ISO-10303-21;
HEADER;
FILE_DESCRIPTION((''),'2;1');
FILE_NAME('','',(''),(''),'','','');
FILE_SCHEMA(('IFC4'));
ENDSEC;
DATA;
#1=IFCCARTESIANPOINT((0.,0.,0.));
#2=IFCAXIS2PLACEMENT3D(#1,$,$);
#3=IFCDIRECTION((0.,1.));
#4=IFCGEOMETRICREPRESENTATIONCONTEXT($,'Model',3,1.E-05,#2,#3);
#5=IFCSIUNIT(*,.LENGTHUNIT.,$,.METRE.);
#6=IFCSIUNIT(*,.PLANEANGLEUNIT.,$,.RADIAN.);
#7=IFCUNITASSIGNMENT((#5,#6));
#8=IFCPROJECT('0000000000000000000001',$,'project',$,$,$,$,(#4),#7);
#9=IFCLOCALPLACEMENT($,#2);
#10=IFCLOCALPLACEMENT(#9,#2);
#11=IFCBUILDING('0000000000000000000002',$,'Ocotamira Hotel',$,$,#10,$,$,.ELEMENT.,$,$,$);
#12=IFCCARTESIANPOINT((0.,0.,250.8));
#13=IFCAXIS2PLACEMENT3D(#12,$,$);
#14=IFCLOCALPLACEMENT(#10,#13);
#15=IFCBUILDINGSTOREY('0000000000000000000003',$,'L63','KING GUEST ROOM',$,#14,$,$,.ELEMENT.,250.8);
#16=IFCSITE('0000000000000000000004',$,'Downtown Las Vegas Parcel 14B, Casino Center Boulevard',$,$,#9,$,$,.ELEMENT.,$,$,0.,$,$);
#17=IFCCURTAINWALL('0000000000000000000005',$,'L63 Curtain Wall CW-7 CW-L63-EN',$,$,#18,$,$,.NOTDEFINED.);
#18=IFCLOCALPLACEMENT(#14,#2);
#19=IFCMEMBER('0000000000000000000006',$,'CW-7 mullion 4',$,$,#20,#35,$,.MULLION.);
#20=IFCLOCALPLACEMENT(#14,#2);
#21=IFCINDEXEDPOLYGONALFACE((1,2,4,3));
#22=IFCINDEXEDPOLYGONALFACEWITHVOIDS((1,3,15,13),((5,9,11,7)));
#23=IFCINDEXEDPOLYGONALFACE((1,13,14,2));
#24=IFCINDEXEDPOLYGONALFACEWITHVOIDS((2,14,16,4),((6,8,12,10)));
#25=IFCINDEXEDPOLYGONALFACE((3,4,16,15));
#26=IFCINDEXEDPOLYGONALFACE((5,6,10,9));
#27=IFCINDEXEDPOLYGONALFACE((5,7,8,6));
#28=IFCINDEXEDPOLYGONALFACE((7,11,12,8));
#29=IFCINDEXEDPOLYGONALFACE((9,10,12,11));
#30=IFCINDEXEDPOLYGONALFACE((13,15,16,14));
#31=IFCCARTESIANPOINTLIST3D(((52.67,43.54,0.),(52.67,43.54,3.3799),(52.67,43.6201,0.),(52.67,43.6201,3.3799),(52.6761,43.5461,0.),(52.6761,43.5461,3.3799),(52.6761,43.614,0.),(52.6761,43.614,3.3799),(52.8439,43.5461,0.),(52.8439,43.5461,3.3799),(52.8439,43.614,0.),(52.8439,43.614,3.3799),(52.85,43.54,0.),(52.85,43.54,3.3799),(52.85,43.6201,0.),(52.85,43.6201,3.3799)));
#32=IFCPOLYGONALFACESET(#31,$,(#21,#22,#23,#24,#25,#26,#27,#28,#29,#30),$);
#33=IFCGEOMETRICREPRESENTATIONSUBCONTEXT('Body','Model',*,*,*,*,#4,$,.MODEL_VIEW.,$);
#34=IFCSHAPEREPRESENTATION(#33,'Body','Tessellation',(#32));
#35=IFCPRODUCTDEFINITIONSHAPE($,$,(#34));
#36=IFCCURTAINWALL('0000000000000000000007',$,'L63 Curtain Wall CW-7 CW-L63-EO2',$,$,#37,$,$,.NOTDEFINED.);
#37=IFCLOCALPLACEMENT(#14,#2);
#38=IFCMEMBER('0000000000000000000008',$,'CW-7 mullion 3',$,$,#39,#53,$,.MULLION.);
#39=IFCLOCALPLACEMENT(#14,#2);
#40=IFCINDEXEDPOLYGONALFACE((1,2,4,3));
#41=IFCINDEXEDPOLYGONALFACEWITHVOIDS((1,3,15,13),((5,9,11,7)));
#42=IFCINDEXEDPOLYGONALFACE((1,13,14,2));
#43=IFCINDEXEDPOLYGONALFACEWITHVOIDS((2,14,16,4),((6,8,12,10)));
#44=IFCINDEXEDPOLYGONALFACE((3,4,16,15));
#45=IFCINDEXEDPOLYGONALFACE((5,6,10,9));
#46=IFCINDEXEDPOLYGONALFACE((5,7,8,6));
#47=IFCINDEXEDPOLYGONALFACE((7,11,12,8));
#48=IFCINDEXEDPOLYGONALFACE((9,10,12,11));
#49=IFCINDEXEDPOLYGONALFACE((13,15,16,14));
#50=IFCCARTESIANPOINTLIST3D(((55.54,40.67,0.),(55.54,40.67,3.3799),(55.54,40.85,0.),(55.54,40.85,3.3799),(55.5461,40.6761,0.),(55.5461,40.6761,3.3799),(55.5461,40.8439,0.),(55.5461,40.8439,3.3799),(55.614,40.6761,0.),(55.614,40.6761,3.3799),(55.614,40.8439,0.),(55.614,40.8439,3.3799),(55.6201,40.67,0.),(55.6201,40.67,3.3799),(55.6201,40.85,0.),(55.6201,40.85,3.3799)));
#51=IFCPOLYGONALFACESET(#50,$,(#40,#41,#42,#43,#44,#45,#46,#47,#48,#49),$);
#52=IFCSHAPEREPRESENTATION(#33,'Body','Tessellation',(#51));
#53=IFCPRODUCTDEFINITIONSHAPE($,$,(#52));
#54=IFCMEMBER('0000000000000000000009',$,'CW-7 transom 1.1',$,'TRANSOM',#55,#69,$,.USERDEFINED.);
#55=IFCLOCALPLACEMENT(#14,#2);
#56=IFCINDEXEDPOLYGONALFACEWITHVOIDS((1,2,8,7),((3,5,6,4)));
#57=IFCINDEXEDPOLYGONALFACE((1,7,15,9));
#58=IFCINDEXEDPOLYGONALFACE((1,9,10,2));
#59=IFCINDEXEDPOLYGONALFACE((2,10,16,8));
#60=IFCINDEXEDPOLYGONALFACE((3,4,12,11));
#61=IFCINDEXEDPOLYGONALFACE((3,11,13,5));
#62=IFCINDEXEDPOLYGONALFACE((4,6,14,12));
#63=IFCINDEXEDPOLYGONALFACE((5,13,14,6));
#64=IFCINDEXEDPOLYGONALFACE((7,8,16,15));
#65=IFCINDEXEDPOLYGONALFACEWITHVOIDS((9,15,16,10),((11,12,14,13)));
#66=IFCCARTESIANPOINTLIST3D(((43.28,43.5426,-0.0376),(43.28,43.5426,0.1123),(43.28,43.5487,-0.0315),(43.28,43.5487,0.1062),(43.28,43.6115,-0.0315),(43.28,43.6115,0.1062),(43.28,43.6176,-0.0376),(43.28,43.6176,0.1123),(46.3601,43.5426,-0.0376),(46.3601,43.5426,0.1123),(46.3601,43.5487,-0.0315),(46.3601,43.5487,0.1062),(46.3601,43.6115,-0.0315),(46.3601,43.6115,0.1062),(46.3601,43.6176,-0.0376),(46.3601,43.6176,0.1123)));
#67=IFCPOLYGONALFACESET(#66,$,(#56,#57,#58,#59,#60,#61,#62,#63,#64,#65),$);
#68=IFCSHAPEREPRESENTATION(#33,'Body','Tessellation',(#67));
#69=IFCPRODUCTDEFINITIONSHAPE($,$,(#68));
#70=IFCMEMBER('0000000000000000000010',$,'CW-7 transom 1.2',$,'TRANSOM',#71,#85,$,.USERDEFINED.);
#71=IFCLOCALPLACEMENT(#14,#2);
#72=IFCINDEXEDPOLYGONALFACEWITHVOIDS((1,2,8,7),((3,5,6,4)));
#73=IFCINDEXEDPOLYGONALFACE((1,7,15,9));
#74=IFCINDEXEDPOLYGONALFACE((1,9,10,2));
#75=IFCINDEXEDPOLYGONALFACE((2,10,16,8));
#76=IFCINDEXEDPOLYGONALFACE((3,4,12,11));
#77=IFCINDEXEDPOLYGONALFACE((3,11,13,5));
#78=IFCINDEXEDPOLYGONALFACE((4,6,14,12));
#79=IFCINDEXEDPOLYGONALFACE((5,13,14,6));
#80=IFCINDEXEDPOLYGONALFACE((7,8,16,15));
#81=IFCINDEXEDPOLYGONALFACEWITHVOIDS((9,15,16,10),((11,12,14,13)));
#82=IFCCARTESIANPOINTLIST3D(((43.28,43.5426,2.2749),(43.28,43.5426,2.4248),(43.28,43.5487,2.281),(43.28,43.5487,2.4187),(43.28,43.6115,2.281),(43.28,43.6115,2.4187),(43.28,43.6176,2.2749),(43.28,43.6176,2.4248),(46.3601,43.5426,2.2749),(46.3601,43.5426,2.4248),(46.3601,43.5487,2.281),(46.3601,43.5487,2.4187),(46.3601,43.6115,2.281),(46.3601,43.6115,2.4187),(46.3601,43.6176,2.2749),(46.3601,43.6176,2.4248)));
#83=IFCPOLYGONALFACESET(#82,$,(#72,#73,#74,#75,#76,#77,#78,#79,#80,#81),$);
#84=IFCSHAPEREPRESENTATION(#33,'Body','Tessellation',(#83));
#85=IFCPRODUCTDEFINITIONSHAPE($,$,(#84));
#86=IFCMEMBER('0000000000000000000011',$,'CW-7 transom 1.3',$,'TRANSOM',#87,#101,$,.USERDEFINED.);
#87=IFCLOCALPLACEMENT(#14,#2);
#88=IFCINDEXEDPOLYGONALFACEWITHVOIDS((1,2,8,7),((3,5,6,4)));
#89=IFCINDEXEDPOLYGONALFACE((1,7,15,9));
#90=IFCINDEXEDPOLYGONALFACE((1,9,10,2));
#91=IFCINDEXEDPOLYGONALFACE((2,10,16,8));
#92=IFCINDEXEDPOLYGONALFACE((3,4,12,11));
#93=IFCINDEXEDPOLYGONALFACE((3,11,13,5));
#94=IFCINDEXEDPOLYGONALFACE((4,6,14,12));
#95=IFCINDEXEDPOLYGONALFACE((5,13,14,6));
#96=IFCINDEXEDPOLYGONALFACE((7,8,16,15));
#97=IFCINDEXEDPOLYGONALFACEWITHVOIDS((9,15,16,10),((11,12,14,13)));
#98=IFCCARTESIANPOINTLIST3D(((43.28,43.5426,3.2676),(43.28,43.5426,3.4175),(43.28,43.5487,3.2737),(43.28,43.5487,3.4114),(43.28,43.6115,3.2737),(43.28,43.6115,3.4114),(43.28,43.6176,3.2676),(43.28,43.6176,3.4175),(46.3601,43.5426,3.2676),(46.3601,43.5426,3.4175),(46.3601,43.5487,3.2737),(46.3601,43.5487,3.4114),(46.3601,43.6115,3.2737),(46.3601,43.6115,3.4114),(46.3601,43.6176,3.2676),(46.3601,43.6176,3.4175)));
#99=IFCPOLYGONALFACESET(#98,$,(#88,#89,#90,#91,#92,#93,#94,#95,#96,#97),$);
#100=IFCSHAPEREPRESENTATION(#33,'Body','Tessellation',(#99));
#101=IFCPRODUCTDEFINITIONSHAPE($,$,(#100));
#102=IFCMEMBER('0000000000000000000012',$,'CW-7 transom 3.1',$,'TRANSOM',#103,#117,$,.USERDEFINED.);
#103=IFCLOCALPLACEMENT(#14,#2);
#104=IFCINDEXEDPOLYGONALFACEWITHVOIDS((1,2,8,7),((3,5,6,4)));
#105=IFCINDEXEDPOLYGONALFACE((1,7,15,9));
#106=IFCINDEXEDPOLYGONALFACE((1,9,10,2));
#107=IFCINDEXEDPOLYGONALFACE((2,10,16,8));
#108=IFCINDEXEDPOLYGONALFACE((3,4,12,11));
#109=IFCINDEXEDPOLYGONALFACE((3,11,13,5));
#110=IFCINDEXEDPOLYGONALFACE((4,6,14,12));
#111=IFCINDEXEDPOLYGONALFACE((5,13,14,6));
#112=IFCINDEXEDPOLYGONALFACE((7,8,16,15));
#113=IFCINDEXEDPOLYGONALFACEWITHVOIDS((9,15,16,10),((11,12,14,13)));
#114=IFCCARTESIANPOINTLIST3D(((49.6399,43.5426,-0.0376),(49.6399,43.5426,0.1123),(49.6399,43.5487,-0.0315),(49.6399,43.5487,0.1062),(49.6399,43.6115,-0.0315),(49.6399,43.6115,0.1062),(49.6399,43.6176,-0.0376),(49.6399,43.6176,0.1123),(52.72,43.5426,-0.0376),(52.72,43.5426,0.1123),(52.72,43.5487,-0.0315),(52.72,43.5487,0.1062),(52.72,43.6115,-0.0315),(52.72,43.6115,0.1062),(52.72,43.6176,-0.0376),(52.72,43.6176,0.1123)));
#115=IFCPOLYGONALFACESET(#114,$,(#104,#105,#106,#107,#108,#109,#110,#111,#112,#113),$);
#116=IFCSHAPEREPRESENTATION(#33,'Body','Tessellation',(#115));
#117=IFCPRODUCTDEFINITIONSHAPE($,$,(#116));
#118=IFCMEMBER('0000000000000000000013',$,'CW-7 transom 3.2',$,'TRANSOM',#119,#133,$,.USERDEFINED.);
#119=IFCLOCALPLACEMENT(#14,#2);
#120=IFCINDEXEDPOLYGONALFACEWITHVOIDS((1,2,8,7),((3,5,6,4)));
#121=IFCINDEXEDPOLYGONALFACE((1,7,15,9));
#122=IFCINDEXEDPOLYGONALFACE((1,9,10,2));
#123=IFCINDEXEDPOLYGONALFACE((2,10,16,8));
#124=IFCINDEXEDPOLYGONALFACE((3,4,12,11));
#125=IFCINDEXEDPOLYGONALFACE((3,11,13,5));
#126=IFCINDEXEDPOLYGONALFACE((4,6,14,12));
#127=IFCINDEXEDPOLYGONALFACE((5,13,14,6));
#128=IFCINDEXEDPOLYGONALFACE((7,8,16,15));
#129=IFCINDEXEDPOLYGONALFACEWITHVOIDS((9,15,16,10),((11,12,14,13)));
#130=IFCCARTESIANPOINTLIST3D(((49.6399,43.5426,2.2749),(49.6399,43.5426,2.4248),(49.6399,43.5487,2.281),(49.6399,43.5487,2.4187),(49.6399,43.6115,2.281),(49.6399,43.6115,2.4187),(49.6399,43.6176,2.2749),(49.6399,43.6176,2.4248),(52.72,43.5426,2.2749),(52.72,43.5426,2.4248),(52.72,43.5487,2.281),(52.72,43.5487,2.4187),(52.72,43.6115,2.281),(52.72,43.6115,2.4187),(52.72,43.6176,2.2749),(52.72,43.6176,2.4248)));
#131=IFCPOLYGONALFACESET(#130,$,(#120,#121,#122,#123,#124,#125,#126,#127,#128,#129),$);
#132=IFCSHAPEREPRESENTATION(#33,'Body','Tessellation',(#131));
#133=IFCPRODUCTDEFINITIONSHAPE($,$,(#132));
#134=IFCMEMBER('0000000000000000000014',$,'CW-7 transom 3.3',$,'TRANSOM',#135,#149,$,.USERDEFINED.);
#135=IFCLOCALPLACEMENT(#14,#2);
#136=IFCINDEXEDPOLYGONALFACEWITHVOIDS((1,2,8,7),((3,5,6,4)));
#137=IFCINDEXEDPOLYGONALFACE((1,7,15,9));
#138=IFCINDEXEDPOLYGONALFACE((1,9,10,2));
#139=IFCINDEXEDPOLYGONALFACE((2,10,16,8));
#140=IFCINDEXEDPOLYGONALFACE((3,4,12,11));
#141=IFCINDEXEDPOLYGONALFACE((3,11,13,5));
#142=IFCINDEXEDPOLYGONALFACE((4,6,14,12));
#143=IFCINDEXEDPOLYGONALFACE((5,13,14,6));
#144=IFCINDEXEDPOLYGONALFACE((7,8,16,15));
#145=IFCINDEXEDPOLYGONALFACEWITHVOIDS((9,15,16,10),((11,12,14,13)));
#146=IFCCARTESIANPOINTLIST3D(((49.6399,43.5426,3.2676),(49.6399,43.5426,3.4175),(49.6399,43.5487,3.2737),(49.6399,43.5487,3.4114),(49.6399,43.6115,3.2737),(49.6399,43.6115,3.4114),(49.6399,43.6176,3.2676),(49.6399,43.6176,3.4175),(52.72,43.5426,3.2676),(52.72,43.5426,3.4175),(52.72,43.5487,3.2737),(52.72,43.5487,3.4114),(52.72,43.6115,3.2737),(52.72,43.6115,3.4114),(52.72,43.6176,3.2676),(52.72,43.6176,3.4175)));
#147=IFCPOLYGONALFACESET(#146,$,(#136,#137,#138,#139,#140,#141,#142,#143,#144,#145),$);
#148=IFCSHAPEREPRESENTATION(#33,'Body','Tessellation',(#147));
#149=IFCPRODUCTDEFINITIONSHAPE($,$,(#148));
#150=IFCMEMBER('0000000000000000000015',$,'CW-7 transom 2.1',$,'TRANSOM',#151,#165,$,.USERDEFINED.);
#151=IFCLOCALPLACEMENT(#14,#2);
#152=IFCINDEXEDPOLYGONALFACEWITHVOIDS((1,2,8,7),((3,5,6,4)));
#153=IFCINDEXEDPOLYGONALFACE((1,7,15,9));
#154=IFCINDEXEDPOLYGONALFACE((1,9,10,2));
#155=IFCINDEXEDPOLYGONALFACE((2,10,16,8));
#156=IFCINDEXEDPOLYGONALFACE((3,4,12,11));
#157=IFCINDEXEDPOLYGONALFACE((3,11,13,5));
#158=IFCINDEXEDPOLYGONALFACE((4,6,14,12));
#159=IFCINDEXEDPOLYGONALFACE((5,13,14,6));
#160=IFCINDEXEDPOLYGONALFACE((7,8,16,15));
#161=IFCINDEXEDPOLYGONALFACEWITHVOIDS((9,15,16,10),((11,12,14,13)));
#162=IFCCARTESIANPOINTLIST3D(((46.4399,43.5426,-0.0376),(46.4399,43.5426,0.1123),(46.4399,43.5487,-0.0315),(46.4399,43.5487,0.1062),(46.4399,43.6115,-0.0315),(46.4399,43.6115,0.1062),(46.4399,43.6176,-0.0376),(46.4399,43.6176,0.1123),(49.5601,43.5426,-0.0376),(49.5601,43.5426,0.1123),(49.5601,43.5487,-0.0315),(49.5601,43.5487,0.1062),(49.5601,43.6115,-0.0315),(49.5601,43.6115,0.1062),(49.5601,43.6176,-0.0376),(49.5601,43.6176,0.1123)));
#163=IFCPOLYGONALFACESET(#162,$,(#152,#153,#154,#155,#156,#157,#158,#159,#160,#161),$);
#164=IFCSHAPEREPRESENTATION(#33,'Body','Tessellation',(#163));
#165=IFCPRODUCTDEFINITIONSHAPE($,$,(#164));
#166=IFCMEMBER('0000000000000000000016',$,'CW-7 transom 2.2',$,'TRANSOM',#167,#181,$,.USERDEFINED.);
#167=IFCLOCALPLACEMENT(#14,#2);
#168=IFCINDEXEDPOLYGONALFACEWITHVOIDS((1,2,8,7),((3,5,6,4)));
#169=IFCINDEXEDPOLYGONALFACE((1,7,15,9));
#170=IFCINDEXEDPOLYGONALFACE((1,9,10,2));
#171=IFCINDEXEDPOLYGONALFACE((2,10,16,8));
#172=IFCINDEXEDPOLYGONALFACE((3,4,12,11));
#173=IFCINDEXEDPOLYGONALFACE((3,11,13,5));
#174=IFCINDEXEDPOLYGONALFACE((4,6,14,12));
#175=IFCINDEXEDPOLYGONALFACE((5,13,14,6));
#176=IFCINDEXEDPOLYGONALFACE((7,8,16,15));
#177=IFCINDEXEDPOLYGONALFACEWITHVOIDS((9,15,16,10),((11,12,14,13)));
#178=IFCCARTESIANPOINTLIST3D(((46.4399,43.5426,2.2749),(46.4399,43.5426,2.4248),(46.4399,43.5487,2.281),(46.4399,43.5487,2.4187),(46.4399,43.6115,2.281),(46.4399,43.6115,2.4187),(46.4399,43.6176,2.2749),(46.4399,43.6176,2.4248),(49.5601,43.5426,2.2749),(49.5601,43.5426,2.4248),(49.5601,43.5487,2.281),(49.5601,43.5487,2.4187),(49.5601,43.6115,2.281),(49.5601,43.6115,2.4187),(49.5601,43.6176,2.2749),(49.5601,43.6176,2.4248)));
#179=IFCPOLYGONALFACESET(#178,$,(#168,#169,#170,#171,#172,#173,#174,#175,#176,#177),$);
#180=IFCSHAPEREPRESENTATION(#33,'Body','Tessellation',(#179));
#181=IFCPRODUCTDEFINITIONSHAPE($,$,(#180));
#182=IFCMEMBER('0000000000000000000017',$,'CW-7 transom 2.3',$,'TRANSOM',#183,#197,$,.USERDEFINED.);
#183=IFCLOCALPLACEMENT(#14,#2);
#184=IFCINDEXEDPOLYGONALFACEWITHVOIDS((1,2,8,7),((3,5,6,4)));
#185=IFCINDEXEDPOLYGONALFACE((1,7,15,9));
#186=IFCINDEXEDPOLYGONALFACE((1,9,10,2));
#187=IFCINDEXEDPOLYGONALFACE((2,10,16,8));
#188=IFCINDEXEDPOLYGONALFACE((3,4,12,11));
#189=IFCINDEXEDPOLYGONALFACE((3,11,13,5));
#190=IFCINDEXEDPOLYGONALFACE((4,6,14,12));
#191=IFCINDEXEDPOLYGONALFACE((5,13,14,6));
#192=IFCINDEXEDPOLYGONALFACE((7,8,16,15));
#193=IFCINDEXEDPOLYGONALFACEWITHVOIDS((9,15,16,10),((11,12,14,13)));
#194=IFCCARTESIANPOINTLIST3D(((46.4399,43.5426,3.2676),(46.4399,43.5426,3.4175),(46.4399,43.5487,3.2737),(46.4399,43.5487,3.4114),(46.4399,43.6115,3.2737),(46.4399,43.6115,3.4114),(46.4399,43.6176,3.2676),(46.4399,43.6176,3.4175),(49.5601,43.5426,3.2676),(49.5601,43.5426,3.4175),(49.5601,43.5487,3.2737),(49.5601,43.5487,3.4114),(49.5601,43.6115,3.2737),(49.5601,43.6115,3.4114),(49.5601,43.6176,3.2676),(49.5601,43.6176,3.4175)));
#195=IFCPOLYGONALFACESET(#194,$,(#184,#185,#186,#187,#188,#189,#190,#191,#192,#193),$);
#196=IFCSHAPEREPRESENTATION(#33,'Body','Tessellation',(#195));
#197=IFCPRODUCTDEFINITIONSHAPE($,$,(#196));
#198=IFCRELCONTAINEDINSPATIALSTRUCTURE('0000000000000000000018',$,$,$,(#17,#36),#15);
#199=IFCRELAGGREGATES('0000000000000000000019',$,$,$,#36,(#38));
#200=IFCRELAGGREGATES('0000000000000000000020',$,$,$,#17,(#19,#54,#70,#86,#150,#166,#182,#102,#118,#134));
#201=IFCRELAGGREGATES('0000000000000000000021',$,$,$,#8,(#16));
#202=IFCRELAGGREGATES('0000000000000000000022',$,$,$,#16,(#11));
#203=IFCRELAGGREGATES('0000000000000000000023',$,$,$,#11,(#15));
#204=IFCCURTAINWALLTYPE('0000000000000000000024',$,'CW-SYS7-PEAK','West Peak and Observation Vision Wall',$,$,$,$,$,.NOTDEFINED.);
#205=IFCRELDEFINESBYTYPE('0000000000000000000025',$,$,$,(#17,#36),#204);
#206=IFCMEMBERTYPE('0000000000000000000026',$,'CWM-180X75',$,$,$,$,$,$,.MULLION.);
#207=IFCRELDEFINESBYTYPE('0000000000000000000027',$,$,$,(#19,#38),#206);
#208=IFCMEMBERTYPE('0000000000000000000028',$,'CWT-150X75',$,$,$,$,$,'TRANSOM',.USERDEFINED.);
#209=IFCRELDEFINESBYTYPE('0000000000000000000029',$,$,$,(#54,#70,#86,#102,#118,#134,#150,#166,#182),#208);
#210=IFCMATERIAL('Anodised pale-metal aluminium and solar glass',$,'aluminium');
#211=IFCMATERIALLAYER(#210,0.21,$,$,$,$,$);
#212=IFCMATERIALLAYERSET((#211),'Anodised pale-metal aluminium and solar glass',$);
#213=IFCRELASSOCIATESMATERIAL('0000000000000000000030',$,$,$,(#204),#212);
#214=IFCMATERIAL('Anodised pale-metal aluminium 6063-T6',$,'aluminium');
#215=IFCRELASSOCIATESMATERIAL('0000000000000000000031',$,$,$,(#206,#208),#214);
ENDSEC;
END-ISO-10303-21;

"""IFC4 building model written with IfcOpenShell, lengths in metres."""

from ifc_helpers import new_model, si_unit, direction, frame, origin, origin_2d, place, context, subcontext, project, spatial, hollow_rectangle, extrude, source, transform, mapped, material, layer, layer_set, material_profile, profile_set, type_object, element, aggregate, save


model = new_model("IFC4")

# Units and contexts
model_context = context("Model", 3, precision=1e-05, world=origin(), true_north=direction((0.0, 1.0)))
body_context = subcontext(model_context, "Body", "Model", "MODEL_VIEW")
ifc_project = project(units=[si_unit("LENGTHUNIT", "METRE"), si_unit("PLANEANGLEUNIT", "RADIAN")], contexts=[model_context])

# Site, building, storey
site_placement = place(None, origin())
site = spatial("IfcSite", under=ifc_project, at=site_placement, Name="Downtown Las Vegas Parcel 14B, Casino Center Boulevard", CompositionType="ELEMENT", RefElevation=0.0)
building_placement = place(site_placement, origin())
building = spatial("IfcBuilding", under=site, at=building_placement, Name="Ocotamira Hotel", CompositionType="ELEMENT")
storey_placement = place(building_placement, frame((0.0, 0.0, 250.8)))
storey = spatial("IfcBuildingStorey", under=building, at=storey_placement, Name="L63", Description="KING GUEST ROOM", CompositionType="ELEMENT", Elevation=250.8)

# Curtain wall, member
ifc_material_1 = material(Name="Anodised pale-metal aluminium and solar glass", Category="aluminium")
ifc_layer_1 = layer(ifc_material_1, 0.21)
ifc_layer_set_1 = layer_set([ifc_layer_1], Name="Anodised pale-metal aluminium and solar glass")
curtain_wall_type = type_object("IfcCurtainWallType", Name="CW-SYS7-PEAK", Description="West Peak and Observation Vision Wall", PredefinedType="NOTDEFINED", material=ifc_layer_set_1)
curtain_wall_1_placement = place(storey_placement, origin())
curtain_wall_1 = element("IfcCurtainWall", 1, at=curtain_wall_1_placement, inside=storey, type_object=curtain_wall_type, Name="L63 Curtain Wall CW-7 CW-L63-EN", PredefinedType="NOTDEFINED")
ifc_material_2 = material(Name="Anodised pale-metal aluminium 6063-T6", Category="aluminium")
ifc_material_profile_1 = material_profile(ifc_material_2, hollow_rectangle(XDim=0.0801, YDim=0.1799, WallThickness=0.0061, at=origin_2d()), Name="HSS180X80X6")
ifc_profile_set_1 = profile_set([ifc_material_profile_1], Name="Anodised pale-metal aluminium 6063-T6")
member_type_1 = type_object("IfcMemberType", Name="CWM-180X75", PredefinedType="MULLION", material=ifc_profile_set_1)
shared_shape_1 = source(origin(), body_context, "Body", "SweptSolid", [
    extrude(hollow_rectangle(XDim=0.0801, YDim=0.1799, WallThickness=0.0061, at=origin_2d()), origin(), (0.0, 0.0, 1.0), 3.3799),
])
member_1_placement = place(storey_placement, frame((52.76, 43.5801, 0.0), z_axis=(0.0, 0.0, 1.0), x_axis=(0.0, 1.0, 0.0)))
member_1 = element("IfcMember", 2, at=member_1_placement, type_object=member_type_1, Name="CW-7 mullion 4", PredefinedType="MULLION", context=body_context, shape_type="MappedRepresentation", body=[
    mapped(shared_shape_1, transform((0.0, 0.0, 0.0), scale=1.0)),
])

# Curtain wall, member
curtain_wall_2_placement = place(storey_placement, origin())
curtain_wall_2 = element("IfcCurtainWall", 3, at=curtain_wall_2_placement, inside=storey, type_object=curtain_wall_type, Name="L63 Curtain Wall CW-7 CW-L63-EO2", PredefinedType="NOTDEFINED")
member_2_placement = place(storey_placement, frame((55.5801, 40.76, 0.0), z_axis=(0.0, 0.0, 1.0), x_axis=(-1.0, 0.0, 0.0)))
member_2 = element("IfcMember", 4, at=member_2_placement, type_object=member_type_1, Name="CW-7 mullion 3", PredefinedType="MULLION", context=body_context, shape_type="MappedRepresentation", body=[
    mapped(shared_shape_1, transform((0.0, 0.0, 0.0), scale=1.0)),
])
aggregate(curtain_wall_2, [member_2])

# Members
ifc_material_profile_2 = material_profile(ifc_material_2, hollow_rectangle(XDim=0.075, YDim=0.1499, WallThickness=0.0061, at=origin_2d()), Name="HSS150X75X6")
ifc_profile_set_2 = profile_set([ifc_material_profile_2], Name="Anodised pale-metal aluminium 6063-T6")
member_type_2 = type_object("IfcMemberType", Name="CWT-150X75", ElementType="TRANSOM", PredefinedType="USERDEFINED", material=ifc_profile_set_2)
shared_shape_2 = source(origin(), body_context, "Body", "SweptSolid", [
    extrude(hollow_rectangle(XDim=0.075, YDim=0.1499, WallThickness=0.0061, at=origin_2d()), origin(), (0.0, 0.0, 1.0), 3.0801),
])
member_3_placement = place(storey_placement, frame((43.28, 43.5801, 0.0374), z_axis=(1.0, 0.0, 0.0), x_axis=(0.0, 1.0, 0.0)))
member_3 = element("IfcMember", 5, at=member_3_placement, type_object=member_type_2, Name="CW-7 transom 1.1", ObjectType="TRANSOM", PredefinedType="USERDEFINED", context=body_context, shape_type="MappedRepresentation", body=[
    mapped(shared_shape_2, transform((0.0, 0.0, 0.0), scale=1.0)),
])
member_4_placement = place(storey_placement, frame((43.28, 43.5801, 2.3499), z_axis=(1.0, 0.0, 0.0), x_axis=(0.0, 1.0, 0.0)))
member_4 = element("IfcMember", 6, at=member_4_placement, type_object=member_type_2, Name="CW-7 transom 1.2", ObjectType="TRANSOM", PredefinedType="USERDEFINED", context=body_context, shape_type="MappedRepresentation", body=[
    mapped(shared_shape_2, transform((0.0, 0.0, 0.0), scale=1.0)),
])
member_5_placement = place(storey_placement, frame((43.28, 43.5801, 3.3425), z_axis=(1.0, 0.0, 0.0), x_axis=(0.0, 1.0, 0.0)))
member_5 = element("IfcMember", 7, at=member_5_placement, type_object=member_type_2, Name="CW-7 transom 1.3", ObjectType="TRANSOM", PredefinedType="USERDEFINED", context=body_context, shape_type="MappedRepresentation", body=[
    mapped(shared_shape_2, transform((0.0, 0.0, 0.0), scale=1.0)),
])
member_6_placement = place(storey_placement, frame((49.6399, 43.5801, 0.0374), z_axis=(1.0, 0.0, 0.0), x_axis=(0.0, 1.0, 0.0)))
member_6 = element("IfcMember", 8, at=member_6_placement, type_object=member_type_2, Name="CW-7 transom 3.1", ObjectType="TRANSOM", PredefinedType="USERDEFINED", context=body_context, shape_type="MappedRepresentation", body=[
    mapped(shared_shape_2, transform((0.0, 0.0, 0.0), scale=1.0)),
])
member_7_placement = place(storey_placement, frame((49.6399, 43.5801, 2.3499), z_axis=(1.0, 0.0, 0.0), x_axis=(0.0, 1.0, 0.0)))
member_7 = element("IfcMember", 9, at=member_7_placement, type_object=member_type_2, Name="CW-7 transom 3.2", ObjectType="TRANSOM", PredefinedType="USERDEFINED", context=body_context, shape_type="MappedRepresentation", body=[
    mapped(shared_shape_2, transform((0.0, 0.0, 0.0), scale=1.0)),
])
member_8_placement = place(storey_placement, frame((49.6399, 43.5801, 3.3425), z_axis=(1.0, 0.0, 0.0), x_axis=(0.0, 1.0, 0.0)))
member_8 = element("IfcMember", 10, at=member_8_placement, type_object=member_type_2, Name="CW-7 transom 3.3", ObjectType="TRANSOM", PredefinedType="USERDEFINED", context=body_context, shape_type="MappedRepresentation", body=[
    mapped(shared_shape_2, transform((0.0, 0.0, 0.0), scale=1.0)),
])
shared_shape_3 = source(origin(), body_context, "Body", "SweptSolid", [
    extrude(hollow_rectangle(XDim=0.075, YDim=0.1499, WallThickness=0.0061, at=origin_2d()), origin(), (0.0, 0.0, 1.0), 3.1201),
])
member_9_placement = place(storey_placement, frame((46.4399, 43.5801, 0.0374), z_axis=(1.0, 0.0, 0.0), x_axis=(0.0, 1.0, 0.0)))
member_9 = element("IfcMember", 11, at=member_9_placement, type_object=member_type_2, Name="CW-7 transom 2.1", ObjectType="TRANSOM", PredefinedType="USERDEFINED", context=body_context, shape_type="MappedRepresentation", body=[
    mapped(shared_shape_3, transform((0.0, 0.0, 0.0), scale=1.0)),
])
member_10_placement = place(storey_placement, frame((46.4399, 43.5801, 2.3499), z_axis=(1.0, 0.0, 0.0), x_axis=(0.0, 1.0, 0.0)))
member_10 = element("IfcMember", 12, at=member_10_placement, type_object=member_type_2, Name="CW-7 transom 2.2", ObjectType="TRANSOM", PredefinedType="USERDEFINED", context=body_context, shape_type="MappedRepresentation", body=[
    mapped(shared_shape_3, transform((0.0, 0.0, 0.0), scale=1.0)),
])
member_11_placement = place(storey_placement, frame((46.4399, 43.5801, 3.3425), z_axis=(1.0, 0.0, 0.0), x_axis=(0.0, 1.0, 0.0)))
member_11 = element("IfcMember", 13, at=member_11_placement, type_object=member_type_2, Name="CW-7 transom 2.3", ObjectType="TRANSOM", PredefinedType="USERDEFINED", context=body_context, shape_type="MappedRepresentation", body=[
    mapped(shared_shape_3, transform((0.0, 0.0, 0.0), scale=1.0)),
])

aggregate(curtain_wall_1, [member_1, member_3, member_4, member_5, member_9, member_10, member_11, member_6, member_7, member_8])

save(model, "model.ifc")
